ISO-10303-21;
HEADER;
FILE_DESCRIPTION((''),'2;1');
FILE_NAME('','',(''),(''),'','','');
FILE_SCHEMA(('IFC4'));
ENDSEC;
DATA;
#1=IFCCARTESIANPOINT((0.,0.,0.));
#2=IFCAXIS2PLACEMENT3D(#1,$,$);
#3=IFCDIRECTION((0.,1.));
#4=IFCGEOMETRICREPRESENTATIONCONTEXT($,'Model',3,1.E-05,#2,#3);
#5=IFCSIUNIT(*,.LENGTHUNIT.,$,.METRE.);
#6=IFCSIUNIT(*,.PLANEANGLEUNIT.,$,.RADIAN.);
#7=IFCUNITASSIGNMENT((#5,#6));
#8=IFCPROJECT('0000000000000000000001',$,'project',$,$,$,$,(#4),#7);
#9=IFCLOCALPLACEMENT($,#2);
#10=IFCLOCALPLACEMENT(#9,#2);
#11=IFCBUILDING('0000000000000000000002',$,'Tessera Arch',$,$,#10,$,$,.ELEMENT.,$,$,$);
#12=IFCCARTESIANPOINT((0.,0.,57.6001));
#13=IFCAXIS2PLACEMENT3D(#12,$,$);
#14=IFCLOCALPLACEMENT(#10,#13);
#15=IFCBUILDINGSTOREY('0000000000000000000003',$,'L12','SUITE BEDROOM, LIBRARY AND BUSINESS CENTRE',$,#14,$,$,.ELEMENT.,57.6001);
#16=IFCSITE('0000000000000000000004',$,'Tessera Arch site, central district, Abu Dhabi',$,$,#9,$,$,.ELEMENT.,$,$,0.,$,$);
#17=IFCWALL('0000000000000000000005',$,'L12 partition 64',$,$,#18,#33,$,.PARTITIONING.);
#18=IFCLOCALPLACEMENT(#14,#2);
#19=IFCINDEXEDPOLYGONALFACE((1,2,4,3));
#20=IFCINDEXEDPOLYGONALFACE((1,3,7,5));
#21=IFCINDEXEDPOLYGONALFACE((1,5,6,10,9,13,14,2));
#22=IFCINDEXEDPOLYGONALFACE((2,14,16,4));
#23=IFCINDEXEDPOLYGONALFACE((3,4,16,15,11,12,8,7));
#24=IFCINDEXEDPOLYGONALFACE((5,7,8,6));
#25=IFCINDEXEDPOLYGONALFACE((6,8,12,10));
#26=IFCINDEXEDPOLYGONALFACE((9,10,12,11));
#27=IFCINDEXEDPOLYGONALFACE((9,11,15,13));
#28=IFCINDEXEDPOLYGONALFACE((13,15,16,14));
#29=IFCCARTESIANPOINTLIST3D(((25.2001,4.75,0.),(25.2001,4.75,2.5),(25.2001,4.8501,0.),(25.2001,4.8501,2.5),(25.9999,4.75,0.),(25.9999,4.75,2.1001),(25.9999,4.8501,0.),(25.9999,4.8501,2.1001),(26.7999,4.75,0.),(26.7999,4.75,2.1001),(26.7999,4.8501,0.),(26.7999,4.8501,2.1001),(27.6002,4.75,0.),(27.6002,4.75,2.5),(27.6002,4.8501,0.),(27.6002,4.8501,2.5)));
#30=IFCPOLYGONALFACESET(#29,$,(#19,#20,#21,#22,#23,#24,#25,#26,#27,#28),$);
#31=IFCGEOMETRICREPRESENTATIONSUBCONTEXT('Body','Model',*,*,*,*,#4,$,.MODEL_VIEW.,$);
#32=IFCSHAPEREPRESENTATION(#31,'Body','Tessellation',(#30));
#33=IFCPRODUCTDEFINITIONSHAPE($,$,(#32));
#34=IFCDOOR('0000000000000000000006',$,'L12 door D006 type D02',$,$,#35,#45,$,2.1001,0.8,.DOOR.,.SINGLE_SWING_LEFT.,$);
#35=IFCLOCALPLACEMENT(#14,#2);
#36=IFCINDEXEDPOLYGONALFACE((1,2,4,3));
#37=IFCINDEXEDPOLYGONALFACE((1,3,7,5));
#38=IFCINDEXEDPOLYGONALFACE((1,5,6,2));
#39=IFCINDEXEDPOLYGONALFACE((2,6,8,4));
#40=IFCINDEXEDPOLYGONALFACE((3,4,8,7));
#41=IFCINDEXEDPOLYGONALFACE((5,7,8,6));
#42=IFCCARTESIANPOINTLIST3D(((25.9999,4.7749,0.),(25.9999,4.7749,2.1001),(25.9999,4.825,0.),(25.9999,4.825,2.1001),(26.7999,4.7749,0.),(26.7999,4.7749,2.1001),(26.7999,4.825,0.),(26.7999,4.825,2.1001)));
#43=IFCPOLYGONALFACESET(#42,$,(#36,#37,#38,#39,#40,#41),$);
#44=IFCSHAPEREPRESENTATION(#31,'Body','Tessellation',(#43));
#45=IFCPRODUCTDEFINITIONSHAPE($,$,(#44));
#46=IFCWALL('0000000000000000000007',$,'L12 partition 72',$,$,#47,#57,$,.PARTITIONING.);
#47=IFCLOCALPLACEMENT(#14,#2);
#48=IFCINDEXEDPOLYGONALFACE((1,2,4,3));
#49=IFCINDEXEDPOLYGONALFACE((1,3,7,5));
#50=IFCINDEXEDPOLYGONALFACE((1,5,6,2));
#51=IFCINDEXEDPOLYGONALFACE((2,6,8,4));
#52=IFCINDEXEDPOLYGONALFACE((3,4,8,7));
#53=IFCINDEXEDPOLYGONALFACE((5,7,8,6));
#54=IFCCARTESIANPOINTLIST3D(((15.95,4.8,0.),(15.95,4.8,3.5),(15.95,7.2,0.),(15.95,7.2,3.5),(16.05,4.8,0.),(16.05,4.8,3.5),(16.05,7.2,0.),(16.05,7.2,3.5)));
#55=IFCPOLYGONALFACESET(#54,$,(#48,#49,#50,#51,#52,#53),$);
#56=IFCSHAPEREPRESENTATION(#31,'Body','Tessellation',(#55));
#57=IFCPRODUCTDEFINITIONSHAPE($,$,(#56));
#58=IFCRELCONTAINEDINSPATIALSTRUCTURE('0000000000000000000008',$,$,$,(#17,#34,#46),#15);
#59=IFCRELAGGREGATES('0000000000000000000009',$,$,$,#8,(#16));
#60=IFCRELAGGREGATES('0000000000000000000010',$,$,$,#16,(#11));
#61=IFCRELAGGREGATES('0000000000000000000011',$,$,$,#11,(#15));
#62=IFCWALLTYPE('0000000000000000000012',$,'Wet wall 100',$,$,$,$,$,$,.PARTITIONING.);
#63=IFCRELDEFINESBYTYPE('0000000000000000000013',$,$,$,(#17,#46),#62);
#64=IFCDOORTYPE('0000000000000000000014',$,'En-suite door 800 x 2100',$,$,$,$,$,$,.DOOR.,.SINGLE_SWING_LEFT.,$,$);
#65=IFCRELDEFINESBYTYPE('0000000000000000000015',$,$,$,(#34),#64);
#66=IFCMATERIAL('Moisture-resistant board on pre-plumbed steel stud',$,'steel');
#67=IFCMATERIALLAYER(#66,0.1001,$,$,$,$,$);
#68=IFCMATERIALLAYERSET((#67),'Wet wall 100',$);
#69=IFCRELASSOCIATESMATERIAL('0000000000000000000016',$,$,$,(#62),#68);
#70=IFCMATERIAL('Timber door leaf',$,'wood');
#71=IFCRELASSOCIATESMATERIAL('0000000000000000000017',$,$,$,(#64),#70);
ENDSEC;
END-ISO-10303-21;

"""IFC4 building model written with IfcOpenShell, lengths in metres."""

from ifc_helpers import new_model, si_unit, direction, frame, frame_2d, origin, place, context, subcontext, project, spatial, rectangle, extrude, material, layer, layer_set, type_object, element, fill, save


model = new_model("IFC4")

# Units and contexts
model_context = context("Model", 3, precision=1e-05, world=origin(), true_north=direction((0.0, 1.0)))
body_context = subcontext(model_context, "Body", "Model", "MODEL_VIEW")
ifc_project = project(units=[si_unit("LENGTHUNIT", "METRE"), si_unit("PLANEANGLEUNIT", "RADIAN")], contexts=[model_context])

# Site, building, storey
site_placement = place(None, origin())
site = spatial("IfcSite", under=ifc_project, at=site_placement, Name="Tessera Arch site, central district, Abu Dhabi", CompositionType="ELEMENT", RefElevation=0.0)
building_placement = place(site_placement, origin())
building = spatial("IfcBuilding", under=site, at=building_placement, Name="Tessera Arch", CompositionType="ELEMENT")
storey_placement = place(building_placement, frame((0.0, 0.0, 57.6001)))
storey = spatial("IfcBuildingStorey", under=building, at=storey_placement, Name="L12", Description="SUITE BEDROOM, LIBRARY AND BUSINESS CENTRE", CompositionType="ELEMENT", Elevation=57.6001)

# Wall, opening, door
ifc_material_1 = material(Name="Moisture-resistant board on pre-plumbed steel stud", Category="steel")
ifc_layer_1 = layer(ifc_material_1, 0.1001)
ifc_layer_set_1 = layer_set([ifc_layer_1], Name="Wet wall 100")
wall_type_1 = type_object("IfcWallType", Name="Wet wall 100", PredefinedType="PARTITIONING", material=ifc_layer_set_1)
ifc_material_2 = material(Name="Timber door leaf", Category="wood")
door_type_1 = type_object("IfcDoorType", Name="En-suite door 800 x 2100", OperationType="SINGLE_SWING_LEFT", PredefinedType="DOOR", material=ifc_material_2)
wall_1_placement = place(storey_placement, frame((25.2, 4.8, 0.0), z_axis=(0.0, 0.0, 1.0), x_axis=(1.0, 0.0, 0.0)))
wall_1 = element("IfcWall", 1, at=wall_1_placement, inside=storey, type_object=wall_type_1, Name="L12 partition 64", PredefinedType="PARTITIONING", context=body_context, shape_type="SweptSolid", body=[
    extrude(rectangle(XDim=2.4001, YDim=0.1001, at=frame_2d((1.2002, 0.0))), origin(), (0.0, 0.0, 1.0), 2.5),
])
opening_1_placement = place(wall_1_placement, frame((0.8, 0.0, 0.0)))
opening_1 = element("IfcOpeningElement", 2, at=opening_1_placement, cuts=wall_1, PredefinedType="OPENING", context=body_context, shape_type="SweptSolid", body=[
    extrude(rectangle(XDim=0.8, YDim=2.1001, at=frame_2d((0.3999, 1.05))), frame((0.0, 0.0601, 0.0), z_axis=(0.0, -1.0, 0.0), x_axis=(1.0, 0.0, 0.0)), (0.0, 0.0, 1.0), 0.1201),
])
door_1_placement = place(opening_1_placement, origin())
door_1 = element("IfcDoor", 3, at=door_1_placement, inside=storey, type_object=door_type_1, Name="L12 door D006 type D02", OperationType="SINGLE_SWING_LEFT", OverallHeight=2.1001, OverallWidth=0.8, PredefinedType="DOOR", context=body_context, shape_type="SweptSolid", body=[
    extrude(rectangle(XDim=0.8, YDim=2.1001, at=frame_2d((0.3999, 1.05))), frame((0.0, 0.0249, 0.0), z_axis=(0.0, -1.0, 0.0), x_axis=(1.0, 0.0, 0.0)), (0.0, 0.0, 1.0), 0.05),
])
fill(opening_1, door_1)

# Wall
wall_2_placement = place(storey_placement, frame((16.0, 4.8, 0.0), z_axis=(0.0, 0.0, 1.0), x_axis=(0.0, 1.0, 0.0)))
element("IfcWall", 4, at=wall_2_placement, inside=storey, type_object=wall_type_1, Name="L12 partition 72", PredefinedType="PARTITIONING", context=body_context, shape_type="SweptSolid", body=[
    extrude(rectangle(XDim=2.3999, YDim=0.1001, at=frame_2d((1.2, 0.0))), origin(), (0.0, 0.0, 1.0), 3.5),
])

save(model, "model.ifc")
